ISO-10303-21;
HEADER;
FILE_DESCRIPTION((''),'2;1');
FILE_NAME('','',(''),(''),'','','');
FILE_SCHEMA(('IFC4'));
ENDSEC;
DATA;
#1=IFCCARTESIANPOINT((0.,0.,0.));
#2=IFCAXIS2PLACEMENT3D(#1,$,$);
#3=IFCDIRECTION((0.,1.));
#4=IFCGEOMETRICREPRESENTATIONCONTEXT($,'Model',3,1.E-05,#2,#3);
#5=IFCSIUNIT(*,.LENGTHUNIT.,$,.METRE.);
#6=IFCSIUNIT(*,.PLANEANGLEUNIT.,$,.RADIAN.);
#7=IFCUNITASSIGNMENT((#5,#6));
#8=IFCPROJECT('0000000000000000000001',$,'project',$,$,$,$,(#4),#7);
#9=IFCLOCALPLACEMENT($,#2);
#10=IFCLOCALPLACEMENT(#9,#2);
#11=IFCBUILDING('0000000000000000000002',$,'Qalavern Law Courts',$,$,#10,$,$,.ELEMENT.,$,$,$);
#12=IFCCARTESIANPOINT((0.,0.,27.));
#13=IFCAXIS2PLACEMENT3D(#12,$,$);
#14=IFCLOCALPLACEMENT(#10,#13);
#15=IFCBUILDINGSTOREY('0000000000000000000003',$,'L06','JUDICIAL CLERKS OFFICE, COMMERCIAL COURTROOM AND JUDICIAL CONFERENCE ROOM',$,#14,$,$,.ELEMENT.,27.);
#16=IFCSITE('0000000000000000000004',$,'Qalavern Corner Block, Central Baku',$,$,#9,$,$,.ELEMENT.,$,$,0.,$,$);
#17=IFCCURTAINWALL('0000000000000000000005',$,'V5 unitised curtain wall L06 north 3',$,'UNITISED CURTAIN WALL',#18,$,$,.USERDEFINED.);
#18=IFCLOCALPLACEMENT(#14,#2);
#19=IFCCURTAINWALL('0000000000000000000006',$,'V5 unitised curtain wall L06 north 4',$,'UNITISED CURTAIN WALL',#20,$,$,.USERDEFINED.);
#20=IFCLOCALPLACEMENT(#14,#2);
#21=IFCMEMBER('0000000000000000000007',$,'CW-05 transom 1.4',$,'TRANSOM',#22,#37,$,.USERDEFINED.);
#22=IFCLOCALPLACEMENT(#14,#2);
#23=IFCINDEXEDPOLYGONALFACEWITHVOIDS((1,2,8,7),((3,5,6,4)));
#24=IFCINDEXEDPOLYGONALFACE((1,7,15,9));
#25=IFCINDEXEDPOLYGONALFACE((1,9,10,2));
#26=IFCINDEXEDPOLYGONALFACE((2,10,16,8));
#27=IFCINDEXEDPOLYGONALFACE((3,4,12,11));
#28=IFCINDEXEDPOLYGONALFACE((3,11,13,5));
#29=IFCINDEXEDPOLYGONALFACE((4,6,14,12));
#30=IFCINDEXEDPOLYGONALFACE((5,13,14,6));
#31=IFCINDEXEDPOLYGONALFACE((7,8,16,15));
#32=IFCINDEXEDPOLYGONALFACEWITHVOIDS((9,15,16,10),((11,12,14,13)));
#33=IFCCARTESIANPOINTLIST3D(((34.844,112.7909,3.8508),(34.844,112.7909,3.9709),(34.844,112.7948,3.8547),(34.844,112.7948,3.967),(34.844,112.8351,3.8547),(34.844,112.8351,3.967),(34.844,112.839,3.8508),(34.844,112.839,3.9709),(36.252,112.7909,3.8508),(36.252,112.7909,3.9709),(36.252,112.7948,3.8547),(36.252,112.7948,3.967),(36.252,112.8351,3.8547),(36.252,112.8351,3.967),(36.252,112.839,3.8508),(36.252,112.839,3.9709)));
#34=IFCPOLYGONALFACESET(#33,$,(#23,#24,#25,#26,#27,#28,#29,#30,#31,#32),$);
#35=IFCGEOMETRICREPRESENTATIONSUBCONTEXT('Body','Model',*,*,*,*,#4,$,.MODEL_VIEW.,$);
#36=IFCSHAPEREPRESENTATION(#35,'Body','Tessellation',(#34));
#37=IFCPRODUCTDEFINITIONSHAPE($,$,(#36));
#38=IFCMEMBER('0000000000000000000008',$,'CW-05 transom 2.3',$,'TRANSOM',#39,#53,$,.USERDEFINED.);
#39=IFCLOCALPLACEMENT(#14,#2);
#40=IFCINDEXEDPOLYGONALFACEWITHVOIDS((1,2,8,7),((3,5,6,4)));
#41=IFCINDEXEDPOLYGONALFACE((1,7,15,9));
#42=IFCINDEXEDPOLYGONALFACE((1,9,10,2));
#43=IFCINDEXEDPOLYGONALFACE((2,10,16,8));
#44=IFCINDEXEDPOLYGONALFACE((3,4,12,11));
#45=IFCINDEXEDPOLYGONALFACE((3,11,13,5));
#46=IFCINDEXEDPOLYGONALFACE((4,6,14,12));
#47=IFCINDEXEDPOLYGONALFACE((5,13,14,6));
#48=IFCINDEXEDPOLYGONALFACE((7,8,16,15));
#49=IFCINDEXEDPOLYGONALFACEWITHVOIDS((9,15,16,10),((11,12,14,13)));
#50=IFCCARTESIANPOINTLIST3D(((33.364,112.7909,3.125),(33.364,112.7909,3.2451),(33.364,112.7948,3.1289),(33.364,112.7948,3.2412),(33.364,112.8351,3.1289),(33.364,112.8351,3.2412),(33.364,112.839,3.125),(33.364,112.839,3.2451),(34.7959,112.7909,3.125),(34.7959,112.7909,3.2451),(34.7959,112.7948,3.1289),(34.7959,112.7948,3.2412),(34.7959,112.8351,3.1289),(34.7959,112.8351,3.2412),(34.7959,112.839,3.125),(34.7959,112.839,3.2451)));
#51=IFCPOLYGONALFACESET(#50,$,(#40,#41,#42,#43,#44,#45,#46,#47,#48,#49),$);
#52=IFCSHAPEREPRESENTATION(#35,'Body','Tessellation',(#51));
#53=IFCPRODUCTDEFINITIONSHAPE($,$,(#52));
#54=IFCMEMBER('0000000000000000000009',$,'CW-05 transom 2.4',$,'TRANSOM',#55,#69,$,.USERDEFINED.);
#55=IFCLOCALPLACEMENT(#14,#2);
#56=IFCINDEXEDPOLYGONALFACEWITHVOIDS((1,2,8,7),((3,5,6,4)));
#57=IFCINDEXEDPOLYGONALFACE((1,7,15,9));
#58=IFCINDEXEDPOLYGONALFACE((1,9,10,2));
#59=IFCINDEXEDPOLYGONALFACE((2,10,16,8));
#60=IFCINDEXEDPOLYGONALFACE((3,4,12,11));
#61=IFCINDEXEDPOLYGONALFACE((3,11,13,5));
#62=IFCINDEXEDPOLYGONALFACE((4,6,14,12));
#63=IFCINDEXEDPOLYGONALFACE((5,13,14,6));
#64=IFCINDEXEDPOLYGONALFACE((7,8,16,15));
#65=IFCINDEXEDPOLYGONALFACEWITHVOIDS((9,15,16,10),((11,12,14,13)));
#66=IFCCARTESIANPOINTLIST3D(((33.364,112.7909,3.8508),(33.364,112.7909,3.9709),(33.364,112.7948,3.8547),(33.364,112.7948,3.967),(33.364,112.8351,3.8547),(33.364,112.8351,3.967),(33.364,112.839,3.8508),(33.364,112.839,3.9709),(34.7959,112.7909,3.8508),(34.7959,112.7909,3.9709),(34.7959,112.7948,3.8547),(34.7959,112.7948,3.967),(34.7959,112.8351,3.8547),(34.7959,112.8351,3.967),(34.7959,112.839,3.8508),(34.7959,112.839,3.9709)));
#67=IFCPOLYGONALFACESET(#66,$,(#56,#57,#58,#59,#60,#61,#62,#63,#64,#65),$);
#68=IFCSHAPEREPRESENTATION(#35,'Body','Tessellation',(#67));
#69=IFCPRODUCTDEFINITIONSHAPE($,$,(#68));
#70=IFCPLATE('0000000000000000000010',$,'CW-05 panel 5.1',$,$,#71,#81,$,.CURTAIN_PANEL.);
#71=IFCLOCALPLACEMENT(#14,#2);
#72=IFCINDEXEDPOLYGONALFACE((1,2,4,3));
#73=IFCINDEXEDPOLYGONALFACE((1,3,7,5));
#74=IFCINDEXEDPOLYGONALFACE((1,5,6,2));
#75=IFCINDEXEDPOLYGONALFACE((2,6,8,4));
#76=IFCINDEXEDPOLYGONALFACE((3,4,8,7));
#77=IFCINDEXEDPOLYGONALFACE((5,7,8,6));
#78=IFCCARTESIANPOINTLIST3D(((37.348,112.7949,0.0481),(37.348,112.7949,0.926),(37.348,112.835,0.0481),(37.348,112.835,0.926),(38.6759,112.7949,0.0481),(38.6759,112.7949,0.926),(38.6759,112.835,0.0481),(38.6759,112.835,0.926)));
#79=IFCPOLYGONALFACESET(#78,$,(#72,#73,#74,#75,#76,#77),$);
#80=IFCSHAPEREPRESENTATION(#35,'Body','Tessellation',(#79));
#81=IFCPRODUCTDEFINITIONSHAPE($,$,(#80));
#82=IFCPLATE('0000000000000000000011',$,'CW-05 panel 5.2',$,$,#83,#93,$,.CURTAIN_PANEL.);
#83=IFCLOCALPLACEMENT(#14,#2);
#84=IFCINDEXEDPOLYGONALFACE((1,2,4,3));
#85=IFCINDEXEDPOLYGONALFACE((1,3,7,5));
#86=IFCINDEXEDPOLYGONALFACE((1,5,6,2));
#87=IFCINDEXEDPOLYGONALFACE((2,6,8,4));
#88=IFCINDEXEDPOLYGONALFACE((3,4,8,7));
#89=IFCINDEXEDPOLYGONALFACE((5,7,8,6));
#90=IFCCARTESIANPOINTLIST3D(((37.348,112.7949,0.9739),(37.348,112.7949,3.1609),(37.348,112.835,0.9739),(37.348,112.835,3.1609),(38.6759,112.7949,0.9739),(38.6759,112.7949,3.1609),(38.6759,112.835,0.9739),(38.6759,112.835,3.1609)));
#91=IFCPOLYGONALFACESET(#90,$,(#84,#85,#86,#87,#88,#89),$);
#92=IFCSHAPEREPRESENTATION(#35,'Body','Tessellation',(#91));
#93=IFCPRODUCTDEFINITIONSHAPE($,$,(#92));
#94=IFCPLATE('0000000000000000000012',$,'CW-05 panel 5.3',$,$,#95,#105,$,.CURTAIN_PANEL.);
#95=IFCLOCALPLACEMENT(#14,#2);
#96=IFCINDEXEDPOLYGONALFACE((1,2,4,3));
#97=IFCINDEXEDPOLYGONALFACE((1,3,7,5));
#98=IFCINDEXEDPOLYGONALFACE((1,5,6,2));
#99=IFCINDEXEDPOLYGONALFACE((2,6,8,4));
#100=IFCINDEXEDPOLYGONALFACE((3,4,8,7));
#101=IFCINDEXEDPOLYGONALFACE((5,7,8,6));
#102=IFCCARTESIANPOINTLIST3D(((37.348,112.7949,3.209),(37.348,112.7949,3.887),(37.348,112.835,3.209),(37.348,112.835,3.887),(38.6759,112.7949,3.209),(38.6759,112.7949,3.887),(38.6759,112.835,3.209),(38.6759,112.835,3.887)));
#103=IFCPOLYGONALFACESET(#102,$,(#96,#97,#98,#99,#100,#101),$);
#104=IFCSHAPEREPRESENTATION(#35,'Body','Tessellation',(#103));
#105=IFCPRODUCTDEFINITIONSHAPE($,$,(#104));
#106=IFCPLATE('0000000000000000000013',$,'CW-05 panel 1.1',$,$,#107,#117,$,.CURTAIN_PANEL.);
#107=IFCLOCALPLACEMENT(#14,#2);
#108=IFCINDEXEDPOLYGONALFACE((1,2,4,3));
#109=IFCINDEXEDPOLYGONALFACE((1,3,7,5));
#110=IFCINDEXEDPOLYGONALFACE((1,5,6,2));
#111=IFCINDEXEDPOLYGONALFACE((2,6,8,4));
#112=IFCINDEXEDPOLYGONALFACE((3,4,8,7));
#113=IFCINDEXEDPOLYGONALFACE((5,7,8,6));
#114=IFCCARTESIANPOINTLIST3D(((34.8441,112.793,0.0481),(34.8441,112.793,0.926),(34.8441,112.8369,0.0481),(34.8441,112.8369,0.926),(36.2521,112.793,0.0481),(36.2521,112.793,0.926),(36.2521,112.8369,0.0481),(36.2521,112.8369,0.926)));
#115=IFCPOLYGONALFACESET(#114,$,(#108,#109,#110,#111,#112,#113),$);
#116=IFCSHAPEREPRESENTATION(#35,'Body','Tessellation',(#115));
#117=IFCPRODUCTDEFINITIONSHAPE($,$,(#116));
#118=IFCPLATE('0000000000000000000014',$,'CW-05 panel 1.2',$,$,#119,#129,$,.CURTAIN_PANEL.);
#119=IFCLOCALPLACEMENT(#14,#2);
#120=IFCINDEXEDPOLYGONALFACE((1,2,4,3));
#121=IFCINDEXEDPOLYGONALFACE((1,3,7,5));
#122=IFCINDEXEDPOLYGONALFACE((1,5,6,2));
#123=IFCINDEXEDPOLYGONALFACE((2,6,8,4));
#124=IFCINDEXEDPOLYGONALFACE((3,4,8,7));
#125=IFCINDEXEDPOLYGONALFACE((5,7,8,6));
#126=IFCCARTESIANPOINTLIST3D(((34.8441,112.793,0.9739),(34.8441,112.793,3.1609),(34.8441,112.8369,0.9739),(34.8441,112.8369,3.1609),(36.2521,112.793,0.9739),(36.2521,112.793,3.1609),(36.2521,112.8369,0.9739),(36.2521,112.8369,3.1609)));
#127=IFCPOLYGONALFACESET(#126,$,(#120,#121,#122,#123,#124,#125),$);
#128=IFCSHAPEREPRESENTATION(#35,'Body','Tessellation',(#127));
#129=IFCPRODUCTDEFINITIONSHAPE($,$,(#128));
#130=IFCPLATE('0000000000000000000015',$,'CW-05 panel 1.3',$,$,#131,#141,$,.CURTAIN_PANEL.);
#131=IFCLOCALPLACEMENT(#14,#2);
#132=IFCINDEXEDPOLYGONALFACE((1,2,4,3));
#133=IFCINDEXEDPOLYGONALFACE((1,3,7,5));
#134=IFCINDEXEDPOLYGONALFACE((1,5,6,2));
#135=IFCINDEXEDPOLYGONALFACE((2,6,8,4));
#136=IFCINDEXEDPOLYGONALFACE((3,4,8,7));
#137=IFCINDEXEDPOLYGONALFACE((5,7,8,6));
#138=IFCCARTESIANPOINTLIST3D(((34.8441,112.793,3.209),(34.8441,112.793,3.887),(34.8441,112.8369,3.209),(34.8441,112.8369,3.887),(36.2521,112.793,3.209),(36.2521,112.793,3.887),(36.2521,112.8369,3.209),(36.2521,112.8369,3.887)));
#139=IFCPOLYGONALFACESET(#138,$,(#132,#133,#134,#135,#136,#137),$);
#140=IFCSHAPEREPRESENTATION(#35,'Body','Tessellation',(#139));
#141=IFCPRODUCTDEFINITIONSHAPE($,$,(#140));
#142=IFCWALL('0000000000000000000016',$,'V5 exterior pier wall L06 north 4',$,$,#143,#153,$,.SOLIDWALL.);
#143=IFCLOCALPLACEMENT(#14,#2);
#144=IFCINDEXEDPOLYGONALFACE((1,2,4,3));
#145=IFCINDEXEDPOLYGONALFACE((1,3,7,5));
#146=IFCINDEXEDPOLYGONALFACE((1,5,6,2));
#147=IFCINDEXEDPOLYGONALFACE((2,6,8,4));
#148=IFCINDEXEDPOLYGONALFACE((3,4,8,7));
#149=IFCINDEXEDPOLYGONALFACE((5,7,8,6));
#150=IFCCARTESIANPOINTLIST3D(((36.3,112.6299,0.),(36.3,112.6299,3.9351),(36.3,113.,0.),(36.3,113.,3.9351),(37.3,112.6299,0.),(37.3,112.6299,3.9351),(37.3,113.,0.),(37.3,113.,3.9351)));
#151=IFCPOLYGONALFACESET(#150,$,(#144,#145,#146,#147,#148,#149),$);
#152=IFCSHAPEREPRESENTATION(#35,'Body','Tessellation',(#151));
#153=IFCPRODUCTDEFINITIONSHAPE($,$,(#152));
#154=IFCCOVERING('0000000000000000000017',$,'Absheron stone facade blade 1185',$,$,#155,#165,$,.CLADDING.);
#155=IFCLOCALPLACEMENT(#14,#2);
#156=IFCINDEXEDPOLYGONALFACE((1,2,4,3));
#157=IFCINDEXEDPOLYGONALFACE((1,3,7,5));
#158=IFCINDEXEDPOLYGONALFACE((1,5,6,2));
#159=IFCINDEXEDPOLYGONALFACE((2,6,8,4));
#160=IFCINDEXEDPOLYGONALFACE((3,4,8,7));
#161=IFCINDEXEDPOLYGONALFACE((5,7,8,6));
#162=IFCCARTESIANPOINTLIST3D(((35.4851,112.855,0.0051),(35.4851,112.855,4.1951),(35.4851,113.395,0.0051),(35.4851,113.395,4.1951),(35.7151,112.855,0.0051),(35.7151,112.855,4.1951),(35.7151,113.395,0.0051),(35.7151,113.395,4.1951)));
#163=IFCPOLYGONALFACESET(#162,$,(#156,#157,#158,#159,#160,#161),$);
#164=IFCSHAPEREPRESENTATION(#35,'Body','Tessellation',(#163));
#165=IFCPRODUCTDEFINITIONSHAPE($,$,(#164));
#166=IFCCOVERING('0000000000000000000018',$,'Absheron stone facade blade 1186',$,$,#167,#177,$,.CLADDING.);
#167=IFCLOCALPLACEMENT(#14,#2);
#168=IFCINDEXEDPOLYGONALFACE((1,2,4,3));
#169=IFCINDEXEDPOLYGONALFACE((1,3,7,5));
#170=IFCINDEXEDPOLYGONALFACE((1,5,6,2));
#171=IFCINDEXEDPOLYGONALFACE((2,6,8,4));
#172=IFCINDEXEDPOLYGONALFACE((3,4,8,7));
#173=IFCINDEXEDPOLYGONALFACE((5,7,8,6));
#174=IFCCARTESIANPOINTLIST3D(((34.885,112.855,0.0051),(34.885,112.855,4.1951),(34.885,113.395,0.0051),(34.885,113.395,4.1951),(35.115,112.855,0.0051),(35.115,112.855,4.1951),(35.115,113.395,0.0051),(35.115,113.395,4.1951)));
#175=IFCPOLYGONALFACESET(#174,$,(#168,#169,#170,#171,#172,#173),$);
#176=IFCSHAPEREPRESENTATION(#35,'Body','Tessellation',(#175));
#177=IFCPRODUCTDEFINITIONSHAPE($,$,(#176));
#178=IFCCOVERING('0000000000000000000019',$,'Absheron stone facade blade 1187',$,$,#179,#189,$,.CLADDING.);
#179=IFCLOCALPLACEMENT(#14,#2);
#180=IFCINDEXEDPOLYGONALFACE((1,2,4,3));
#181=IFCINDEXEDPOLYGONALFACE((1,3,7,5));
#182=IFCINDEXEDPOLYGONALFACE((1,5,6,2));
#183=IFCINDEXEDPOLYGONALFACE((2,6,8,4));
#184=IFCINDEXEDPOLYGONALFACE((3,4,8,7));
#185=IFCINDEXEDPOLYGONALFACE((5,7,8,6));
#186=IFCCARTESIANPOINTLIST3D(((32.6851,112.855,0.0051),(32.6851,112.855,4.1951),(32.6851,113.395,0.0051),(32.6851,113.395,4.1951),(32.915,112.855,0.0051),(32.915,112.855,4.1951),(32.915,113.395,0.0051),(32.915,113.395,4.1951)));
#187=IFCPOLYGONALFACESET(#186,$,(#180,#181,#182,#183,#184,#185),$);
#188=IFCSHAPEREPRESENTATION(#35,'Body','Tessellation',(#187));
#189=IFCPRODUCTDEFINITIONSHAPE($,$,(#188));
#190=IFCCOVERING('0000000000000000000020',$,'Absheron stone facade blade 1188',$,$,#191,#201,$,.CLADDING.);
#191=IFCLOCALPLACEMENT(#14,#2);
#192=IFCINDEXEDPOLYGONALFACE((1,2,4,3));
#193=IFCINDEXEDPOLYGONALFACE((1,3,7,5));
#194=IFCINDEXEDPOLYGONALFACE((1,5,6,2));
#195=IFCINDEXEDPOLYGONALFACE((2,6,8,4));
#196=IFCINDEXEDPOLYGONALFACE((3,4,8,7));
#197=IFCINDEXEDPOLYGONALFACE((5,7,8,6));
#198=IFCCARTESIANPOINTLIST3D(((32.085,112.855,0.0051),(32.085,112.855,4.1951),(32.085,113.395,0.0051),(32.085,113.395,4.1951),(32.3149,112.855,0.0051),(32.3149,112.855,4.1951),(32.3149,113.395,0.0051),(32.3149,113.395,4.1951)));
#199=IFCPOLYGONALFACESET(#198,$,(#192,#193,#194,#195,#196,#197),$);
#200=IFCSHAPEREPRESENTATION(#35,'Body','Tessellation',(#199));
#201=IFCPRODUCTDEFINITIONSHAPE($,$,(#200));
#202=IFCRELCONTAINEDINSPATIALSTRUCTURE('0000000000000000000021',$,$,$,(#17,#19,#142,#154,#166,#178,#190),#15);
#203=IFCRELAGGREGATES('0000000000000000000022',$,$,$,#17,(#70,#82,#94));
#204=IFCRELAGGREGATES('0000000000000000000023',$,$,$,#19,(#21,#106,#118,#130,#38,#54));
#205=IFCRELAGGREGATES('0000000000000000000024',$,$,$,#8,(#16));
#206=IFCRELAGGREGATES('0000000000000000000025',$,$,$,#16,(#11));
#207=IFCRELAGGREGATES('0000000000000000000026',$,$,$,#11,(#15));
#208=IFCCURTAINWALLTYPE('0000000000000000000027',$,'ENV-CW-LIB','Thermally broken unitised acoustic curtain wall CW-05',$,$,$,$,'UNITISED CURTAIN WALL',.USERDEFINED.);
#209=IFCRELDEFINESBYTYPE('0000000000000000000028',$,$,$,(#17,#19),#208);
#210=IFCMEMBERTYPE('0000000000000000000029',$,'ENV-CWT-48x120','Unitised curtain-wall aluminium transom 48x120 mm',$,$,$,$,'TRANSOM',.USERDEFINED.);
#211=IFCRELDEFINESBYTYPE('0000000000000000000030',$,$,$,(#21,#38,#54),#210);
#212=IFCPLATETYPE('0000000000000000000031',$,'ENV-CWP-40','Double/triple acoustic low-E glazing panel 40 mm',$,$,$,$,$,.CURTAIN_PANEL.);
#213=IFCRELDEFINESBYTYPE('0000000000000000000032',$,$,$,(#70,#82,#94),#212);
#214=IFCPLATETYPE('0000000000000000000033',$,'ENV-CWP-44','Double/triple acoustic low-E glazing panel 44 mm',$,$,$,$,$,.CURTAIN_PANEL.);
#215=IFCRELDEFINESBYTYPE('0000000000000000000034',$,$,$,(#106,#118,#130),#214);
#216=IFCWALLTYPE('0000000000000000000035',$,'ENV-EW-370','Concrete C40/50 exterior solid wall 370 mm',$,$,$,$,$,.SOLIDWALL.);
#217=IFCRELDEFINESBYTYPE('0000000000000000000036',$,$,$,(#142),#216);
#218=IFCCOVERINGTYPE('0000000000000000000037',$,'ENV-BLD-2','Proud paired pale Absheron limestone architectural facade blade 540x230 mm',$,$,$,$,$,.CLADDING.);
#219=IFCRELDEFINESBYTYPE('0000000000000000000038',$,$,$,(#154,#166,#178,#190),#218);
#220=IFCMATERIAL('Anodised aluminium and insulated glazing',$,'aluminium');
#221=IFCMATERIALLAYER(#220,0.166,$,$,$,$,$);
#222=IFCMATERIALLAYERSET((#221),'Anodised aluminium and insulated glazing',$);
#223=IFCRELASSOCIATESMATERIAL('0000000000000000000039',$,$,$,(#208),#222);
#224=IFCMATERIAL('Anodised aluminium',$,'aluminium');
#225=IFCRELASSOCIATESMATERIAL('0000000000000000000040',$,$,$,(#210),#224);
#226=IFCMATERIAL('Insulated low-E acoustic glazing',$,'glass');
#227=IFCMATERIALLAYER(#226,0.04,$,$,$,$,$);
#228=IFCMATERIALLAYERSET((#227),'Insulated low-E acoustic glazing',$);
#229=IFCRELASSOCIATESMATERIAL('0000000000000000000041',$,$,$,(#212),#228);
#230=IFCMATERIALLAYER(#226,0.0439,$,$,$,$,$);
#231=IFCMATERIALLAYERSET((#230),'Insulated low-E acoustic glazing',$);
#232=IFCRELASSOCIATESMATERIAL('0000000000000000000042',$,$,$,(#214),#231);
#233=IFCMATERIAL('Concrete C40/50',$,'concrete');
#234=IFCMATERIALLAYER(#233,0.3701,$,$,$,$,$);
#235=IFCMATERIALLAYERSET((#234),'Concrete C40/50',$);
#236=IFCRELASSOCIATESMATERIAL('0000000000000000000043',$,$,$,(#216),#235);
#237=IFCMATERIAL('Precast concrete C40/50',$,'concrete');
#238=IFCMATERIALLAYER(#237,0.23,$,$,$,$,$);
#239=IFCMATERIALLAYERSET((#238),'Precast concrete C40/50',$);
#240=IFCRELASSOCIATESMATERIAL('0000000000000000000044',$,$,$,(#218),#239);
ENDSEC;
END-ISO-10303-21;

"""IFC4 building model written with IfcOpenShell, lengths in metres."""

from ifc_helpers import new_model, si_unit, direction, frame, frame_2d, origin, origin_2d, place, context, subcontext, project, spatial, rectangle, hollow_rectangle, extrude, material, layer, layer_set, material_profile, profile_set, type_object, element, aggregate, save


model = new_model("IFC4")

# Units and contexts
model_context = context("Model", 3, precision=1e-05, world=origin(), true_north=direction((0.0, 1.0)))
body_context = subcontext(model_context, "Body", "Model", "MODEL_VIEW")
ifc_project = project(units=[si_unit("LENGTHUNIT", "METRE"), si_unit("PLANEANGLEUNIT", "RADIAN")], contexts=[model_context])

# Site, building, storey
site_placement = place(None, origin())
site = spatial("IfcSite", under=ifc_project, at=site_placement, Name="Qalavern Corner Block, Central Baku", CompositionType="ELEMENT", RefElevation=0.0)
building_placement = place(site_placement, origin())
building = spatial("IfcBuilding", under=site, at=building_placement, Name="Qalavern Law Courts", CompositionType="ELEMENT")
storey_placement = place(building_placement, frame((0.0, 0.0, 27.0)))
storey = spatial("IfcBuildingStorey", under=building, at=storey_placement, Name="L06", Description="JUDICIAL CLERKS OFFICE, COMMERCIAL COURTROOM AND JUDICIAL CONFERENCE ROOM", CompositionType="ELEMENT", Elevation=27.0)

# Curtain walls
ifc_material_1 = material(Name="Anodised aluminium and insulated glazing", Category="aluminium")
ifc_layer_1 = layer(ifc_material_1, 0.166)
ifc_layer_set_1 = layer_set([ifc_layer_1], Name="Anodised aluminium and insulated glazing")
curtain_wall_type = type_object("IfcCurtainWallType", Name="ENV-CW-LIB", Description="Thermally broken unitised acoustic curtain wall CW-05", ElementType="UNITISED CURTAIN WALL", PredefinedType="USERDEFINED", material=ifc_layer_set_1)
curtain_wall_1_placement = place(storey_placement, origin())
curtain_wall_1 = element("IfcCurtainWall", 1, at=curtain_wall_1_placement, inside=storey, type_object=curtain_wall_type, Name="V5 unitised curtain wall L06 north 3", ObjectType="UNITISED CURTAIN WALL", PredefinedType="USERDEFINED")
ifc_material_2 = material(Name="Anodised aluminium", Category="aluminium")
curtain_wall_2_placement = place(storey_placement, origin())
curtain_wall_2 = element("IfcCurtainWall", 2, at=curtain_wall_2_placement, inside=storey, type_object=curtain_wall_type, Name="V5 unitised curtain wall L06 north 4", ObjectType="UNITISED CURTAIN WALL", PredefinedType="USERDEFINED")

# Members
ifc_material_profile_1 = material_profile(ifc_material_2, hollow_rectangle(XDim=0.0481, YDim=0.1201, WallThickness=0.0039, at=origin_2d()), Name="ALU TRANSOM 48x120")
ifc_profile_set_1 = profile_set([ifc_material_profile_1], Name="Anodised aluminium")
member_type_1 = type_object("IfcMemberType", Name="ENV-CWT-48x120", Description="Unitised curtain-wall aluminium transom 48x120 mm", ElementType="TRANSOM", PredefinedType="USERDEFINED", material=ifc_profile_set_1)
member_1_placement = place(storey_placement, frame((36.252, 112.8149, 3.9109), z_axis=(-1.0, 0.0, 0.0), x_axis=(0.0, -1.0, 0.0)))
member_1 = element("IfcMember", 3, at=member_1_placement, type_object=member_type_1, Name="CW-05 transom 1.4", ObjectType="TRANSOM", PredefinedType="USERDEFINED", context=body_context, shape_type="SweptSolid", body=[
    extrude(hollow_rectangle(XDim=0.0481, YDim=0.1201, WallThickness=0.0039, at=origin_2d()), origin(), (0.0, 0.0, 1.0), 1.408),
])
member_2_placement = place(storey_placement, frame((34.7959, 112.8149, 3.1851), z_axis=(-1.0, 0.0, 0.0), x_axis=(0.0, -1.0, 0.0)))
member_2 = element("IfcMember", 4, at=member_2_placement, type_object=member_type_1, Name="CW-05 transom 2.3", ObjectType="TRANSOM", PredefinedType="USERDEFINED", context=body_context, shape_type="SweptSolid", body=[
    extrude(hollow_rectangle(XDim=0.0481, YDim=0.1201, WallThickness=0.0039, at=origin_2d()), origin(), (0.0, 0.0, 1.0), 1.4319),
])
member_3_placement = place(storey_placement, frame((34.7959, 112.8149, 3.9109), z_axis=(-1.0, 0.0, 0.0), x_axis=(0.0, -1.0, 0.0)))
member_3 = element("IfcMember", 5, at=member_3_placement, type_object=member_type_1, Name="CW-05 transom 2.4", ObjectType="TRANSOM", PredefinedType="USERDEFINED", context=body_context, shape_type="SweptSolid", body=[
    extrude(hollow_rectangle(XDim=0.0481, YDim=0.1201, WallThickness=0.0039, at=origin_2d()), origin(), (0.0, 0.0, 1.0), 1.4319),
])

# Plates
ifc_material_3 = material(Name="Insulated low-E acoustic glazing", Category="glass")
ifc_layer_2 = layer(ifc_material_3, 0.04)
ifc_layer_set_2 = layer_set([ifc_layer_2], Name="Insulated low-E acoustic glazing")
plate_type_1 = type_object("IfcPlateType", Name="ENV-CWP-40", Description="Double/triple acoustic low-E glazing panel 40 mm", PredefinedType="CURTAIN_PANEL", material=ifc_layer_set_2)
plate_1_placement = place(storey_placement, frame((38.012, 112.8149, 0.0481), z_axis=(0.0, 0.0, 1.0), x_axis=(-1.0, 0.0, 0.0)))
plate_1 = element("IfcPlate", 6, at=plate_1_placement, type_object=plate_type_1, Name="CW-05 panel 5.1", PredefinedType="CURTAIN_PANEL", context=body_context, shape_type="SweptSolid", body=[
    extrude(rectangle(XDim=1.3279, YDim=0.04, at=origin_2d()), origin(), (0.0, 0.0, 1.0), 0.8779),
])
plate_2_placement = place(storey_placement, frame((38.012, 112.8149, 0.9739), z_axis=(0.0, 0.0, 1.0), x_axis=(-1.0, 0.0, 0.0)))
plate_2 = element("IfcPlate", 7, at=plate_2_placement, type_object=plate_type_1, Name="CW-05 panel 5.2", PredefinedType="CURTAIN_PANEL", context=body_context, shape_type="SweptSolid", body=[
    extrude(rectangle(XDim=1.3279, YDim=0.04, at=origin_2d()), origin(), (0.0, 0.0, 1.0), 2.187),
])
plate_3_placement = place(storey_placement, frame((38.012, 112.8149, 3.209), z_axis=(0.0, 0.0, 1.0), x_axis=(-1.0, 0.0, 0.0)))
plate_3 = element("IfcPlate", 8, at=plate_3_placement, type_object=plate_type_1, Name="CW-05 panel 5.3", PredefinedType="CURTAIN_PANEL", context=body_context, shape_type="SweptSolid", body=[
    extrude(rectangle(XDim=1.3279, YDim=0.04, at=origin_2d()), origin(), (0.0, 0.0, 1.0), 0.678),
])
aggregate(curtain_wall_1, [plate_1, plate_2, plate_3])
ifc_layer_3 = layer(ifc_material_3, 0.0439)
ifc_layer_set_3 = layer_set([ifc_layer_3], Name="Insulated low-E acoustic glazing")
plate_type_2 = type_object("IfcPlateType", Name="ENV-CWP-44", Description="Double/triple acoustic low-E glazing panel 44 mm", PredefinedType="CURTAIN_PANEL", material=ifc_layer_set_3)
plate_4_placement = place(storey_placement, frame((35.5481, 112.8149, 0.0481), z_axis=(0.0, 0.0, 1.0), x_axis=(-1.0, 0.0, 0.0)))
plate_4 = element("IfcPlate", 9, at=plate_4_placement, type_object=plate_type_2, Name="CW-05 panel 1.1", PredefinedType="CURTAIN_PANEL", context=body_context, shape_type="SweptSolid", body=[
    extrude(rectangle(XDim=1.408, YDim=0.0439, at=origin_2d()), origin(), (0.0, 0.0, 1.0), 0.8779),
])
plate_5_placement = place(storey_placement, frame((35.5481, 112.8149, 0.9739), z_axis=(0.0, 0.0, 1.0), x_axis=(-1.0, 0.0, 0.0)))
plate_5 = element("IfcPlate", 10, at=plate_5_placement, type_object=plate_type_2, Name="CW-05 panel 1.2", PredefinedType="CURTAIN_PANEL", context=body_context, shape_type="SweptSolid", body=[
    extrude(rectangle(XDim=1.408, YDim=0.0439, at=origin_2d()), origin(), (0.0, 0.0, 1.0), 2.187),
])
plate_6_placement = place(storey_placement, frame((35.5481, 112.8149, 3.209), z_axis=(0.0, 0.0, 1.0), x_axis=(-1.0, 0.0, 0.0)))
plate_6 = element("IfcPlate", 11, at=plate_6_placement, type_object=plate_type_2, Name="CW-05 panel 1.3", PredefinedType="CURTAIN_PANEL", context=body_context, shape_type="SweptSolid", body=[
    extrude(rectangle(XDim=1.408, YDim=0.0439, at=origin_2d()), origin(), (0.0, 0.0, 1.0), 0.678),
])
aggregate(curtain_wall_2, [member_1, plate_4, plate_5, plate_6, member_2, member_3])

# Wall
ifc_material_4 = material(Name="Concrete C40/50", Category="concrete")
ifc_layer_4 = layer(ifc_material_4, 0.3701)
ifc_layer_set_4 = layer_set([ifc_layer_4], Name="Concrete C40/50")
wall_type = type_object("IfcWallType", Name="ENV-EW-370", Description="Concrete C40/50 exterior solid wall 370 mm", PredefinedType="SOLIDWALL", material=ifc_layer_set_4)
wall_placement = place(storey_placement, frame((37.3, 112.8149, 0.0), z_axis=(0.0, 0.0, 1.0), x_axis=(-1.0, 0.0, 0.0)))
element("IfcWall", 12, at=wall_placement, inside=storey, type_object=wall_type, Name="V5 exterior pier wall L06 north 4", PredefinedType="SOLIDWALL", context=body_context, shape_type="SweptSolid", body=[
    extrude(rectangle(XDim=1.0, YDim=0.3701, at=frame_2d((0.5, 0.0))), origin(), (0.0, 0.0, 1.0), 3.9351),
])

# Coverings
ifc_material_5 = material(Name="Precast concrete C40/50", Category="concrete")
ifc_layer_5 = layer(ifc_material_5, 0.23)
ifc_layer_set_5 = layer_set([ifc_layer_5], Name="Precast concrete C40/50")
covering_type_1 = type_object("IfcCoveringType", Name="ENV-BLD-2", Description="Proud paired pale Absheron limestone architectural facade blade 540x230 mm", PredefinedType="CLADDING", material=ifc_layer_set_5)
for number, where, z_axis, x_axis, name in (
    (13, (35.6001, 113.125, 0.0051), (0.0, 0.0, 1.0), (0.0, 1.0, 0.0), "Absheron stone facade blade 1185"),
    (14, (35.0, 113.125, 0.0051), (0.0, 0.0, 1.0), (0.0, 1.0, 0.0), "Absheron stone facade blade 1186"),
    (15, (32.8, 113.125, 0.0051), (0.0, 0.0, 1.0), (0.0, 1.0, 0.0), "Absheron stone facade blade 1187"),
    (16, (32.2, 113.125, 0.0051), (0.0, 0.0, 1.0), (0.0, 1.0, 0.0), "Absheron stone facade blade 1188"),
):
    element("IfcCovering", number, at=place(storey_placement, frame(where, z_axis=z_axis, x_axis=x_axis)), inside=storey, type_object=covering_type_1, Name=name, PredefinedType="CLADDING", context=body_context, shape_type="SweptSolid", body=[
        extrude(rectangle(XDim=0.54, YDim=0.23, at=origin_2d()), origin(), (0.0, 0.0, 1.0), 4.1899),
    ])

save(model, "model.ifc")
